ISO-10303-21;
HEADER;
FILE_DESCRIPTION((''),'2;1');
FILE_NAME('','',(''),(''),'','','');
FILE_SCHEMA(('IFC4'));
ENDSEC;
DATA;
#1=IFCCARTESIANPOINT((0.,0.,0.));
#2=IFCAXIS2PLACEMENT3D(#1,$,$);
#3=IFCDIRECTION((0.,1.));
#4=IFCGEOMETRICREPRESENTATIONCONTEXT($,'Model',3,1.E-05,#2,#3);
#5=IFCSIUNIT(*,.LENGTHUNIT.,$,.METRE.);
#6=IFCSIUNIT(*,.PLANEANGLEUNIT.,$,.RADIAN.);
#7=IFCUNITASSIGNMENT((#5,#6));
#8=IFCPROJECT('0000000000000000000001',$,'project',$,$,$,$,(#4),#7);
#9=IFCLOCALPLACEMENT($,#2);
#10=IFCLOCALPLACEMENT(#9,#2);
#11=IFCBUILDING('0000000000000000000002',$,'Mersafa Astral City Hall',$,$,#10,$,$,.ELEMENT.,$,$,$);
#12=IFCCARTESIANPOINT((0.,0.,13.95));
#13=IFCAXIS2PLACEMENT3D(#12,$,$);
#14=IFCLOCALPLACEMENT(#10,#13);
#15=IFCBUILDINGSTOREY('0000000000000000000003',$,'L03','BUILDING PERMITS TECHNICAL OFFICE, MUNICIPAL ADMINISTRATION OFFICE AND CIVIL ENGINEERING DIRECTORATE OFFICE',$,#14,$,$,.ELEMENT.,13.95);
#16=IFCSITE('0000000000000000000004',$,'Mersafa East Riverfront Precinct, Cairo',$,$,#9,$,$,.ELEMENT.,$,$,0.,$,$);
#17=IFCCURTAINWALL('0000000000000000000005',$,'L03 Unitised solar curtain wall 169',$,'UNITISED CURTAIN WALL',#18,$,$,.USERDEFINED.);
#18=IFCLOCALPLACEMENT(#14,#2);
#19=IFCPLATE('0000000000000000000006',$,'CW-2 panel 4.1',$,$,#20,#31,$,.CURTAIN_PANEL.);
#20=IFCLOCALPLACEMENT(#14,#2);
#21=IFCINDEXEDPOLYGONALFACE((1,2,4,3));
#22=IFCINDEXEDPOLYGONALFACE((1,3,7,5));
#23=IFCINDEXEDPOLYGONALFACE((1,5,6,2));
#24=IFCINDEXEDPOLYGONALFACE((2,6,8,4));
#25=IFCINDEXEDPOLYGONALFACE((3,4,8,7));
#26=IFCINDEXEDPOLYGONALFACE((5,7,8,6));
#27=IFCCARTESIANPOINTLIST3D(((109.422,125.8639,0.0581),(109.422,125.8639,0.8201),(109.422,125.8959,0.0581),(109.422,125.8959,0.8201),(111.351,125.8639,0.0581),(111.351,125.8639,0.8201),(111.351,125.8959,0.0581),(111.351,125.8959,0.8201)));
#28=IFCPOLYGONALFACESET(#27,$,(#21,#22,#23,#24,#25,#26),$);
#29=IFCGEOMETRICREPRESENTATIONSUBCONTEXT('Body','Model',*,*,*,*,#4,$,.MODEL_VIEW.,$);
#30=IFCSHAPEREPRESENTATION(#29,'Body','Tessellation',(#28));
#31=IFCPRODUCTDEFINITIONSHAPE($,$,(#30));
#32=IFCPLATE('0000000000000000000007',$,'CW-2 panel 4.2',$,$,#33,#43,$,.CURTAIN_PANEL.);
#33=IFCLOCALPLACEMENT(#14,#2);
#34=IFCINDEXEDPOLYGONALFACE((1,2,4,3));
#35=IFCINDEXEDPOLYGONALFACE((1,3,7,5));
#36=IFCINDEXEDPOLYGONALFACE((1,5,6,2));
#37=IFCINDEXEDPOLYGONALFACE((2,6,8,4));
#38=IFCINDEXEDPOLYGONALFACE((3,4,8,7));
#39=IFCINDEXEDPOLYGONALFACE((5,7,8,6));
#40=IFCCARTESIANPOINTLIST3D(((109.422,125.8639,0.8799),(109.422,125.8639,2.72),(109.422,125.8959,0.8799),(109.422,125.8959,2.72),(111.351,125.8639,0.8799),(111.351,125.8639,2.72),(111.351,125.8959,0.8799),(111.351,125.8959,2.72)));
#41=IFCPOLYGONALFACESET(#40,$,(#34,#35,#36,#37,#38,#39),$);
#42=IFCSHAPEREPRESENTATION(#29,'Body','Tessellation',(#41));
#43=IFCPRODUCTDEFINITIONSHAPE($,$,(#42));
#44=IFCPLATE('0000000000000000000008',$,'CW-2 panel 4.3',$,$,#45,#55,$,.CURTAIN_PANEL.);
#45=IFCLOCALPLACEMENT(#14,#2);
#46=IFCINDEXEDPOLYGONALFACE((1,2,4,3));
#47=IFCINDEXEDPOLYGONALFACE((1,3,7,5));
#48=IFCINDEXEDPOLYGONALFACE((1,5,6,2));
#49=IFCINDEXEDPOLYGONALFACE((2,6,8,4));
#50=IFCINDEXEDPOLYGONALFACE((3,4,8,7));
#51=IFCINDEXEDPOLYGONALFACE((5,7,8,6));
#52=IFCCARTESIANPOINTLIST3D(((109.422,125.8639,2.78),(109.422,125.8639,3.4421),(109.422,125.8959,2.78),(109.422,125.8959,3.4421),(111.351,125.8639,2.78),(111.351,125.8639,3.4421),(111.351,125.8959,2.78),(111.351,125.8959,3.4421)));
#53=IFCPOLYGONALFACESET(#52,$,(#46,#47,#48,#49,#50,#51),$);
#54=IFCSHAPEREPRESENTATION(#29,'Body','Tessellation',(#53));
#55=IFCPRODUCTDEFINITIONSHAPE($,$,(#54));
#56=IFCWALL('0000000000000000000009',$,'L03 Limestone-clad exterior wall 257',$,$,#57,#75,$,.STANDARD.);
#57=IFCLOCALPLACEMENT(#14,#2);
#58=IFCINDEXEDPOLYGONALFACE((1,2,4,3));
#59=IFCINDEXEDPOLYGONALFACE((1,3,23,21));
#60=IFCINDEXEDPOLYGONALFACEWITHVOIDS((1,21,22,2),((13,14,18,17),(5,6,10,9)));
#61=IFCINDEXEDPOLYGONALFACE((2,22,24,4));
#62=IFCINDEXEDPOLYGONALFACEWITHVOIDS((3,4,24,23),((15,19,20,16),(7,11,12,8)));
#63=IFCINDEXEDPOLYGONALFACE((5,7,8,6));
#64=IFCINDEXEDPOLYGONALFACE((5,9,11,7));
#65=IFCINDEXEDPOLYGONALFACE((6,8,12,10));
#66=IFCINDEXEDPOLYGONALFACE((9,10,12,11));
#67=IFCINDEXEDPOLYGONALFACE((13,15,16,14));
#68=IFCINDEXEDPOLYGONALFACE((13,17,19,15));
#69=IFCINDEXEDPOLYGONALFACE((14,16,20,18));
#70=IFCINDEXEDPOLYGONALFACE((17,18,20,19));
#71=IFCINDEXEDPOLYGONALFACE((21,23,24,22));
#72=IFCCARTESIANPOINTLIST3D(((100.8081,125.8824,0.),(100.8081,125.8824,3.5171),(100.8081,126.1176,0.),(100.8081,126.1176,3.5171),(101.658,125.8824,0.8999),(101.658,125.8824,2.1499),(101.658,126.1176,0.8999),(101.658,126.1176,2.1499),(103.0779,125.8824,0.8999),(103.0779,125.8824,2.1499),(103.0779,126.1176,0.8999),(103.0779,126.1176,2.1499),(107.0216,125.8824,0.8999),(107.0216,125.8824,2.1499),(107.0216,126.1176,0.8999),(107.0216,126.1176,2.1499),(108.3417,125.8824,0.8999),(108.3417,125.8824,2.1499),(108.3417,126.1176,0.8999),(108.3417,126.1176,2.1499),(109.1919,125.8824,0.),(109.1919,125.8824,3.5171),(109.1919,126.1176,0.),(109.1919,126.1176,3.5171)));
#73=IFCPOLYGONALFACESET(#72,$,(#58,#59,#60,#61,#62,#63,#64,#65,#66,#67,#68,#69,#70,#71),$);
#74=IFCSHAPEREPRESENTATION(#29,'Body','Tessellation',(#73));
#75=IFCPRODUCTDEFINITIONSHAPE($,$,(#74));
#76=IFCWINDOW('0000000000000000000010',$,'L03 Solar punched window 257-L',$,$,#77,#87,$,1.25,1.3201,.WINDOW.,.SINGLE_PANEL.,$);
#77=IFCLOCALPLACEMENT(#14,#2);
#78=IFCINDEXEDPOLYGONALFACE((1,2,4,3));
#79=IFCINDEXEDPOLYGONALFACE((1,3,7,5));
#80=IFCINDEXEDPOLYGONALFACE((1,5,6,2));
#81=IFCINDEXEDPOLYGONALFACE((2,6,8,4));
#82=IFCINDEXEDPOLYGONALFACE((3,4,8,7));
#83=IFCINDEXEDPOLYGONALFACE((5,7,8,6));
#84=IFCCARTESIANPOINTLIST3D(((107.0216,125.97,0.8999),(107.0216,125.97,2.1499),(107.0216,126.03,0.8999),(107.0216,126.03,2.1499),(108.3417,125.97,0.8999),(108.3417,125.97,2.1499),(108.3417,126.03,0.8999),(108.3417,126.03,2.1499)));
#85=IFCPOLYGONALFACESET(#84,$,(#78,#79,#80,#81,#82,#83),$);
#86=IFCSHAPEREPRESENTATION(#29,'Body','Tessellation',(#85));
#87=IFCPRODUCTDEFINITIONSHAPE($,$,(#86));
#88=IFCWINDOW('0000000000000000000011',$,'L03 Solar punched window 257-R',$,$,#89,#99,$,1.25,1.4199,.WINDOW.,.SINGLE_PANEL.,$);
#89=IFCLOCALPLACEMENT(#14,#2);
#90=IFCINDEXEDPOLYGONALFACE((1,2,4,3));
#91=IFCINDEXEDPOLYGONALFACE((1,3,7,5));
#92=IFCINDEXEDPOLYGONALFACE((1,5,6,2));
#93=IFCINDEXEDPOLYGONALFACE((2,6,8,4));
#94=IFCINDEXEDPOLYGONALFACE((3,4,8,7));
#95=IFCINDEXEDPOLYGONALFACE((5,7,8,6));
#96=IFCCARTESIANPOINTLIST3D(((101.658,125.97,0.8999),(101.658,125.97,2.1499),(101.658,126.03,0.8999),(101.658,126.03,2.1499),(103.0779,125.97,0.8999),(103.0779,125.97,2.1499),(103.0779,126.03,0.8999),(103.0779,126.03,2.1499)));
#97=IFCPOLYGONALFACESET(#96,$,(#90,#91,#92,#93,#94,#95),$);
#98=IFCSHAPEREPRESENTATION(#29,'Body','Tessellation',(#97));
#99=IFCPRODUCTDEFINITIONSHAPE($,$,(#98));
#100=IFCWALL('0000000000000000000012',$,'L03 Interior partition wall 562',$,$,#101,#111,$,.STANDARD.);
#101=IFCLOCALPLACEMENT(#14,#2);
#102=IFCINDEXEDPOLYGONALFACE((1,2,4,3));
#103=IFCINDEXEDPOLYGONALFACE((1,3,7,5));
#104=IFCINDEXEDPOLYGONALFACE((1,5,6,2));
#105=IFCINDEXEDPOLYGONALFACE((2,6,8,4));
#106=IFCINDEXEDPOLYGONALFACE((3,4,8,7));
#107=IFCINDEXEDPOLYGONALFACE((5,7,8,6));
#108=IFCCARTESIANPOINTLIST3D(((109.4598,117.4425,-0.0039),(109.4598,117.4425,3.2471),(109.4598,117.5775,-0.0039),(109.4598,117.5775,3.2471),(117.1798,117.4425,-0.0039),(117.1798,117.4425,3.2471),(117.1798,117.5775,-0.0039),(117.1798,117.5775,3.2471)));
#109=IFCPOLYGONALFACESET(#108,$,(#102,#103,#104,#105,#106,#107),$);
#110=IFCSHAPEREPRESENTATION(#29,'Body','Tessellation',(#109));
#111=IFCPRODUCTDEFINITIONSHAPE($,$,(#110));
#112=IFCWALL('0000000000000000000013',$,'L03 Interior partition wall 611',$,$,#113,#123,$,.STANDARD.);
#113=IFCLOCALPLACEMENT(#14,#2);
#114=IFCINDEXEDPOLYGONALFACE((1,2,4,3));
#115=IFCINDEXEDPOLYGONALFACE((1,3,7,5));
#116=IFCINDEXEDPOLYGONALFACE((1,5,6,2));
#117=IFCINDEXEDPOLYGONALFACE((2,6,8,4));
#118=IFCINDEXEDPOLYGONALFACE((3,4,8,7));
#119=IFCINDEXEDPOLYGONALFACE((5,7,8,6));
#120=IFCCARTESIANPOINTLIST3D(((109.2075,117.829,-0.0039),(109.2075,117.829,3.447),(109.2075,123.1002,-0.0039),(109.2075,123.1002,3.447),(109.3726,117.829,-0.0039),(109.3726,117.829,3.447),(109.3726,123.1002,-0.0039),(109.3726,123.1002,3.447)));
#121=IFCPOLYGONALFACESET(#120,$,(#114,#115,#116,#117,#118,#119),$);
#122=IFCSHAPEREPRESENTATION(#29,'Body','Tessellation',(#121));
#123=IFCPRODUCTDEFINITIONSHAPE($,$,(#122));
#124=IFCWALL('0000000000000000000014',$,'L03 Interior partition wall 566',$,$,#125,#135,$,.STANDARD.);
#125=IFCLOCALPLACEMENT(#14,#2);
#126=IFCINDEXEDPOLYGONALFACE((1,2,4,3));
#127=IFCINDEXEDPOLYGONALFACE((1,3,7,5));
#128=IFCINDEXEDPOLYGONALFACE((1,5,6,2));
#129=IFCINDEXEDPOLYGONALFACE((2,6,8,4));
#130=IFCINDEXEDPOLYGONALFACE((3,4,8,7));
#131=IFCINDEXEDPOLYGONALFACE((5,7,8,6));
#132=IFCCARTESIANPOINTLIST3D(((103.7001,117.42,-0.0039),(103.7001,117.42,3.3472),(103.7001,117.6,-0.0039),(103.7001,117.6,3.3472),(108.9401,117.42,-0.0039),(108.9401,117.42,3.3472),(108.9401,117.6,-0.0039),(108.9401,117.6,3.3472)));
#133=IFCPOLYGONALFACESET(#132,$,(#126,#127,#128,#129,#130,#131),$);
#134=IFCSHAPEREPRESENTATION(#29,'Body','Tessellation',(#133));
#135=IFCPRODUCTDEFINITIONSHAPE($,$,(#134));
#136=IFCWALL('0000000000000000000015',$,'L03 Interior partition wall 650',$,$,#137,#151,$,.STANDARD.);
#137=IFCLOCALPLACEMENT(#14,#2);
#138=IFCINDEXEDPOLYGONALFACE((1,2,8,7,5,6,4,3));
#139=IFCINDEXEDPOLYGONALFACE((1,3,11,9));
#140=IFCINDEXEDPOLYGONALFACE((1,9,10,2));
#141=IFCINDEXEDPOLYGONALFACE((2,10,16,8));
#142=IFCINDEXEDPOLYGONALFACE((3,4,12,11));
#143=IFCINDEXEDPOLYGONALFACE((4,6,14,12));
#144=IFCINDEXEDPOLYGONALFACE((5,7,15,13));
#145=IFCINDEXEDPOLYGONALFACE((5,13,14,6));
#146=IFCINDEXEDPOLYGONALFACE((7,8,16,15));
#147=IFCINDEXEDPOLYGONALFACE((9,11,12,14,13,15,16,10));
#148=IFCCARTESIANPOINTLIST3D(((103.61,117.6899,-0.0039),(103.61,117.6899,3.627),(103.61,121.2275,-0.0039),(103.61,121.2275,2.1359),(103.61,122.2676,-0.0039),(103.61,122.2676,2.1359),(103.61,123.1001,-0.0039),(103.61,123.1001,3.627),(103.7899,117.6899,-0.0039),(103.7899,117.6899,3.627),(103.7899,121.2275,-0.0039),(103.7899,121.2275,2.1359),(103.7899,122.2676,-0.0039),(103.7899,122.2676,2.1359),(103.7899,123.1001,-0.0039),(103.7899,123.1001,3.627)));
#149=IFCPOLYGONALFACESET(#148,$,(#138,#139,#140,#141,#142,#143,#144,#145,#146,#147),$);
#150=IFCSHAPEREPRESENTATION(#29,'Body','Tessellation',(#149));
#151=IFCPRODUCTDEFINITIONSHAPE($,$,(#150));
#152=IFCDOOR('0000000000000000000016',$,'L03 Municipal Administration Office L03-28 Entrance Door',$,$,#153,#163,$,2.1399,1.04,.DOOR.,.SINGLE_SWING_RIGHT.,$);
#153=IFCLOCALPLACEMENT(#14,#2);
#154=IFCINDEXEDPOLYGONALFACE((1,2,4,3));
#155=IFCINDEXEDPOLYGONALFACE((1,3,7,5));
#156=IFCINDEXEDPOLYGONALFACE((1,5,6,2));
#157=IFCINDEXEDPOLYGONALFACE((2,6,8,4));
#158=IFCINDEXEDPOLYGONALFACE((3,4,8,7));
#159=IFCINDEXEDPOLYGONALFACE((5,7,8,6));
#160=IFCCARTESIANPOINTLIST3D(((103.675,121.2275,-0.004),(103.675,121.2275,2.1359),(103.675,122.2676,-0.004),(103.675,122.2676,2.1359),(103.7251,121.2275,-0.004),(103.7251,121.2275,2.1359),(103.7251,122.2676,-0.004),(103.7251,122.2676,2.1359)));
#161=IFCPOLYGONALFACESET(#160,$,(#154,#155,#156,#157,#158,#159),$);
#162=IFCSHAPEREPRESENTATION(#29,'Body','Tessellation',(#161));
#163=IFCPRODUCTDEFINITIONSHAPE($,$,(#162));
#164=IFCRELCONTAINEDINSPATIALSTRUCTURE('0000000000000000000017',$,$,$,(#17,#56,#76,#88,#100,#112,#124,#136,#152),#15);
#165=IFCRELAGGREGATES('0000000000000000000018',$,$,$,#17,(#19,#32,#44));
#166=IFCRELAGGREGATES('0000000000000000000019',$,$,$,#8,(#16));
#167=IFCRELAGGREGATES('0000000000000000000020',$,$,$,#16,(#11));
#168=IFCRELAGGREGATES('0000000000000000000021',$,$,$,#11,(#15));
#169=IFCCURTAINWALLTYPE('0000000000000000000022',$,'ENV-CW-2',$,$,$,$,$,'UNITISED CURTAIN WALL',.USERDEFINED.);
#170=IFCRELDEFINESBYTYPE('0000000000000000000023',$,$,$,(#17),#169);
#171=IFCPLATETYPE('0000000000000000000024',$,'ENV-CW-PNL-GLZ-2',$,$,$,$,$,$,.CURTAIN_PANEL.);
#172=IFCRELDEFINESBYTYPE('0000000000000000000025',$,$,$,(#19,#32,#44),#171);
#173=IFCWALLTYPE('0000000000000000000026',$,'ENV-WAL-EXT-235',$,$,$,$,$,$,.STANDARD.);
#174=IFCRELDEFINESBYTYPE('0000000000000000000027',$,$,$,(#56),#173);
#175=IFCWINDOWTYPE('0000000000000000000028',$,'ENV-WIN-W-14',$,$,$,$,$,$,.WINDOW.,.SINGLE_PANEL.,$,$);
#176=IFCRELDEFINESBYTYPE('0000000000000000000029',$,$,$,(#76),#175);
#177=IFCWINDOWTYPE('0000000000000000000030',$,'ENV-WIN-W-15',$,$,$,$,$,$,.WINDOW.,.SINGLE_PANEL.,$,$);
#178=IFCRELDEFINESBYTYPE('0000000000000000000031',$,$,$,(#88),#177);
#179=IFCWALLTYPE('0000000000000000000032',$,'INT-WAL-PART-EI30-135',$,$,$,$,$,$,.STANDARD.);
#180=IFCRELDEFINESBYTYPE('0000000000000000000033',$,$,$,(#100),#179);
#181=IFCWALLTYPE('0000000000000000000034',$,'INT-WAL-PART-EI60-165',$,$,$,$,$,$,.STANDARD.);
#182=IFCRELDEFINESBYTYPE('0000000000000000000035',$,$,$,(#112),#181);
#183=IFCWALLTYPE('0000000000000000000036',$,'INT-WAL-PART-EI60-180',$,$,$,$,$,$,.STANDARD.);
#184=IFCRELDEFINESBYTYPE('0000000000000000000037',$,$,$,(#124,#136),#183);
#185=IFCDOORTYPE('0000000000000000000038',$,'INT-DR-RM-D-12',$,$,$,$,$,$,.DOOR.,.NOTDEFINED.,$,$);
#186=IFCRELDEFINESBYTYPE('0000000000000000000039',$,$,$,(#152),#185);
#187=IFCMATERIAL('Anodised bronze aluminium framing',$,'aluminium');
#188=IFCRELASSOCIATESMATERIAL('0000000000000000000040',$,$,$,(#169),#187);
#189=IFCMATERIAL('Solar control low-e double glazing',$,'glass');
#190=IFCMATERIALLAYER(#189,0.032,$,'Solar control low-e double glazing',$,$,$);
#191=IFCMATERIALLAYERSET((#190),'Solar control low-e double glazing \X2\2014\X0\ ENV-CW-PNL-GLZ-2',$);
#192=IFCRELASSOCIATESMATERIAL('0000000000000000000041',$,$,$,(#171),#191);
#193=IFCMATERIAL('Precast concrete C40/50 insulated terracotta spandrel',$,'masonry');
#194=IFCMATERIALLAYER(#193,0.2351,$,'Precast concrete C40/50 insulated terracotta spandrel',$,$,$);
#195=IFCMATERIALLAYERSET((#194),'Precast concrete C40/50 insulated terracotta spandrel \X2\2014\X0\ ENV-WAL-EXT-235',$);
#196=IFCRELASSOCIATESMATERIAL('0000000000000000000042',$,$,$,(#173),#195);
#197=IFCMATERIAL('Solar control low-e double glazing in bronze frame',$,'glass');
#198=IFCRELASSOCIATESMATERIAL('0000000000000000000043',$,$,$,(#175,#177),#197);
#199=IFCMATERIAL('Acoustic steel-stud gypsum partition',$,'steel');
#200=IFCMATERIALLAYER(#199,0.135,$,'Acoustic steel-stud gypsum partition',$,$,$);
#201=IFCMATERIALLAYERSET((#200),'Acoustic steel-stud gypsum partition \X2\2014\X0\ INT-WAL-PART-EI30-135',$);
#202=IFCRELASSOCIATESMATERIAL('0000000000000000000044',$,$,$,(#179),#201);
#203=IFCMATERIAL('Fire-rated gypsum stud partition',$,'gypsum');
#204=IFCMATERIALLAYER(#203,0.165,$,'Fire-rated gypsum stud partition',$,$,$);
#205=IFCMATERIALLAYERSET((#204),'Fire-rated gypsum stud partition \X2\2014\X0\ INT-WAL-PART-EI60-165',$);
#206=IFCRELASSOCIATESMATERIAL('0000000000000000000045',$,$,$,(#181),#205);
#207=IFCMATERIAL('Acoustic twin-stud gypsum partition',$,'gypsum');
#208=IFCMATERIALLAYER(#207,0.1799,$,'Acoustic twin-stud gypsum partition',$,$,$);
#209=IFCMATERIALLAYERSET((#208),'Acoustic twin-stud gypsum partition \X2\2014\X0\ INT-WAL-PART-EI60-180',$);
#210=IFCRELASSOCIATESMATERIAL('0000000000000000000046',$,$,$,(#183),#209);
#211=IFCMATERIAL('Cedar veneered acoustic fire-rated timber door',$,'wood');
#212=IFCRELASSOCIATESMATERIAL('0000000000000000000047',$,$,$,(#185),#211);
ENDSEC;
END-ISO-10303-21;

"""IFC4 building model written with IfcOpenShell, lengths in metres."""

from ifc_helpers import new_model, si_unit, direction, frame, frame_2d, origin, origin_2d, place, context, subcontext, project, spatial, rectangle, extrude, material, layer, layer_set, type_object, element, fill, aggregate, save


model = new_model("IFC4")

# Units and contexts
model_context = context("Model", 3, precision=1e-05, world=origin(), true_north=direction((0.0, 1.0)))
body_context = subcontext(model_context, "Body", "Model", "MODEL_VIEW")
ifc_project = project(units=[si_unit("LENGTHUNIT", "METRE"), si_unit("PLANEANGLEUNIT", "RADIAN")], contexts=[model_context])

# Site, building, storey
site_placement = place(None, origin())
site = spatial("IfcSite", under=ifc_project, at=site_placement, Name="Mersafa East Riverfront Precinct, Cairo", CompositionType="ELEMENT", RefElevation=0.0)
building_placement = place(site_placement, origin())
building = spatial("IfcBuilding", under=site, at=building_placement, Name="Mersafa Astral City Hall", CompositionType="ELEMENT")
storey_placement = place(building_placement, frame((0.0, 0.0, 13.95)))
storey = spatial("IfcBuildingStorey", under=building, at=storey_placement, Name="L03", Description="BUILDING PERMITS TECHNICAL OFFICE, MUNICIPAL ADMINISTRATION OFFICE AND CIVIL ENGINEERING DIRECTORATE OFFICE", CompositionType="ELEMENT", Elevation=13.95)

# Curtain wall
ifc_material_1 = material(Name="Anodised bronze aluminium framing", Category="aluminium")
curtain_wall_type = type_object("IfcCurtainWallType", Name="ENV-CW-2", ElementType="UNITISED CURTAIN WALL", PredefinedType="USERDEFINED", material=ifc_material_1)
curtain_wall_placement = place(storey_placement, origin())
curtain_wall = element("IfcCurtainWall", 1, at=curtain_wall_placement, inside=storey, type_object=curtain_wall_type, Name="L03 Unitised solar curtain wall 169", ObjectType="UNITISED CURTAIN WALL", PredefinedType="USERDEFINED")

# Plates
ifc_material_2 = material(Name="Solar control low-e double glazing", Category="glass")
ifc_layer_1 = layer(ifc_material_2, 0.032, Name="Solar control low-e double glazing")
ifc_layer_set_1 = layer_set([ifc_layer_1], Name="Solar control low-e double glazing — ENV-CW-PNL-GLZ-2")
plate_type = type_object("IfcPlateType", Name="ENV-CW-PNL-GLZ-2", PredefinedType="CURTAIN_PANEL", material=ifc_layer_set_1)
plate_1_placement = place(storey_placement, frame((110.3865, 125.8799, 0.0581), z_axis=(0.0, 0.0, 1.0), x_axis=(-1.0, 0.0, 0.0)))
plate_1 = element("IfcPlate", 2, at=plate_1_placement, type_object=plate_type, Name="CW-2 panel 4.1", PredefinedType="CURTAIN_PANEL", context=body_context, shape_type="SweptSolid", body=[
    extrude(rectangle(XDim=1.929, YDim=0.032, at=origin_2d()), origin(), (0.0, 0.0, 1.0), 0.762),
])
plate_2_placement = place(storey_placement, frame((110.3865, 125.8799, 0.8799), z_axis=(0.0, 0.0, 1.0), x_axis=(-1.0, 0.0, 0.0)))
plate_2 = element("IfcPlate", 3, at=plate_2_placement, type_object=plate_type, Name="CW-2 panel 4.2", PredefinedType="CURTAIN_PANEL", context=body_context, shape_type="SweptSolid", body=[
    extrude(rectangle(XDim=1.929, YDim=0.032, at=origin_2d()), origin(), (0.0, 0.0, 1.0), 1.8401),
])
plate_3_placement = place(storey_placement, frame((110.3865, 125.8799, 2.78), z_axis=(0.0, 0.0, 1.0), x_axis=(-1.0, 0.0, 0.0)))
plate_3 = element("IfcPlate", 4, at=plate_3_placement, type_object=plate_type, Name="CW-2 panel 4.3", PredefinedType="CURTAIN_PANEL", context=body_context, shape_type="SweptSolid", body=[
    extrude(rectangle(XDim=1.929, YDim=0.032, at=origin_2d()), origin(), (0.0, 0.0, 1.0), 0.6621),
])
aggregate(curtain_wall, [plate_1, plate_2, plate_3])

# Wall, openings, windows
ifc_material_3 = material(Name="Precast concrete C40/50 insulated terracotta spandrel", Category="masonry")
ifc_layer_2 = layer(ifc_material_3, 0.2351, Name="Precast concrete C40/50 insulated terracotta spandrel")
ifc_layer_set_2 = layer_set([ifc_layer_2], Name="Precast concrete C40/50 insulated terracotta spandrel — ENV-WAL-EXT-235")
wall_type_1 = type_object("IfcWallType", Name="ENV-WAL-EXT-235", PredefinedType="STANDARD", material=ifc_layer_set_2)
wall_1_placement = place(storey_placement, frame((109.1919, 126.0, 0.0), z_axis=(0.0, 0.0, 1.0), x_axis=(-1.0, 0.0, 0.0)))
wall_1 = element("IfcWall", 5, at=wall_1_placement, inside=storey, type_object=wall_type_1, Name="L03 Limestone-clad exterior wall 257", PredefinedType="STANDARD", context=body_context, shape_type="SweptSolid", body=[
    extrude(rectangle(XDim=8.3838, YDim=0.2351, at=frame_2d((4.1919, 0.0))), origin(), (0.0, 0.0, 1.0), 3.5171),
])
opening_1_placement = place(wall_1_placement, frame((0.8501, 0.0, 0.8999)))
opening_1 = element("IfcOpeningElement", 6, at=opening_1_placement, cuts=wall_1, PredefinedType="OPENING", context=body_context, shape_type="SweptSolid", body=[
    extrude(rectangle(XDim=1.3201, YDim=1.25, at=frame_2d((0.6602, 0.625))), frame((0.0, 0.1274, 0.0), z_axis=(0.0, -1.0, 0.0), x_axis=(1.0, 0.0, 0.0)), (0.0, 0.0, 1.0), 0.2551),
])
opening_2_placement = place(wall_1_placement, frame((6.114, 0.0, 0.8999)))
opening_2 = element("IfcOpeningElement", 7, at=opening_2_placement, cuts=wall_1, PredefinedType="OPENING", context=body_context, shape_type="SweptSolid", body=[
    extrude(rectangle(XDim=1.4199, YDim=1.25, at=frame_2d((0.71, 0.625))), frame((0.0, 0.1274, 0.0), z_axis=(0.0, -1.0, 0.0), x_axis=(1.0, 0.0, 0.0)), (0.0, 0.0, 1.0), 0.2551),
])
ifc_material_4 = material(Name="Solar control low-e double glazing in bronze frame", Category="glass")
window_type_1 = type_object("IfcWindowType", Name="ENV-WIN-W-14", PartitioningType="SINGLE_PANEL", PredefinedType="WINDOW", material=ifc_material_4)
window_1_placement = place(opening_1_placement, origin())
window_1 = element("IfcWindow", 8, at=window_1_placement, inside=storey, type_object=window_type_1, Name="L03 Solar punched window 257-L", OverallHeight=1.25, OverallWidth=1.3201, PartitioningType="SINGLE_PANEL", PredefinedType="WINDOW", context=body_context, shape_type="SweptSolid", body=[
    extrude(rectangle(XDim=1.3201, YDim=1.25, at=frame_2d((0.6602, 0.625))), frame((0.0, 0.03, 0.0), z_axis=(0.0, -1.0, 0.0), x_axis=(1.0, 0.0, 0.0)), (0.0, 0.0, 1.0), 0.0601),
])
fill(opening_1, window_1)
window_type_2 = type_object("IfcWindowType", Name="ENV-WIN-W-15", PartitioningType="SINGLE_PANEL", PredefinedType="WINDOW", material=ifc_material_4)
window_2_placement = place(opening_2_placement, origin())
window_2 = element("IfcWindow", 9, at=window_2_placement, inside=storey, type_object=window_type_2, Name="L03 Solar punched window 257-R", OverallHeight=1.25, OverallWidth=1.4199, PartitioningType="SINGLE_PANEL", PredefinedType="WINDOW", context=body_context, shape_type="SweptSolid", body=[
    extrude(rectangle(XDim=1.4199, YDim=1.25, at=frame_2d((0.71, 0.625))), frame((0.0, 0.03, 0.0), z_axis=(0.0, -1.0, 0.0), x_axis=(1.0, 0.0, 0.0)), (0.0, 0.0, 1.0), 0.0601),
])
fill(opening_2, window_2)

# Walls
ifc_material_5 = material(Name="Acoustic steel-stud gypsum partition", Category="steel")
ifc_layer_3 = layer(ifc_material_5, 0.135, Name="Acoustic steel-stud gypsum partition")
ifc_layer_set_3 = layer_set([ifc_layer_3], Name="Acoustic steel-stud gypsum partition — INT-WAL-PART-EI30-135")
wall_type_2 = type_object("IfcWallType", Name="INT-WAL-PART-EI30-135", PredefinedType="STANDARD", material=ifc_layer_set_3)
wall_2_placement = place(storey_placement, frame((109.46, 117.51, -0.0039), z_axis=(0.0, 0.0, 1.0), x_axis=(1.0, 0.0, 0.0)))
element("IfcWall", 10, at=wall_2_placement, inside=storey, type_object=wall_type_2, Name="L03 Interior partition wall 562", PredefinedType="STANDARD", context=body_context, shape_type="SweptSolid", body=[
    extrude(rectangle(XDim=7.72, YDim=0.135, at=frame_2d((3.8599, 0.0))), origin(), (0.0, 0.0, 1.0), 3.251),
])
ifc_material_6 = material(Name="Fire-rated gypsum stud partition", Category="gypsum")
ifc_layer_4 = layer(ifc_material_6, 0.165, Name="Fire-rated gypsum stud partition")
ifc_layer_set_4 = layer_set([ifc_layer_4], Name="Fire-rated gypsum stud partition — INT-WAL-PART-EI60-165")
wall_type_3 = type_object("IfcWallType", Name="INT-WAL-PART-EI60-165", PredefinedType="STANDARD", material=ifc_layer_set_4)
wall_3_placement = place(storey_placement, frame((109.29, 117.8289, -0.0039), z_axis=(0.0, 0.0, 1.0), x_axis=(0.0, 1.0, 0.0)))
element("IfcWall", 11, at=wall_3_placement, inside=storey, type_object=wall_type_3, Name="L03 Interior partition wall 611", PredefinedType="STANDARD", context=body_context, shape_type="SweptSolid", body=[
    extrude(rectangle(XDim=5.2712, YDim=0.165, at=frame_2d((2.6357, 0.0))), origin(), (0.0, 0.0, 1.0), 3.4509),
])
ifc_material_7 = material(Name="Acoustic twin-stud gypsum partition", Category="gypsum")
ifc_layer_5 = layer(ifc_material_7, 0.1799, Name="Acoustic twin-stud gypsum partition")
ifc_layer_set_5 = layer_set([ifc_layer_5], Name="Acoustic twin-stud gypsum partition — INT-WAL-PART-EI60-180")
wall_type_4 = type_object("IfcWallType", Name="INT-WAL-PART-EI60-180", PredefinedType="STANDARD", material=ifc_layer_set_5)
wall_4_placement = place(storey_placement, frame((103.7, 117.51, -0.0039), z_axis=(0.0, 0.0, 1.0), x_axis=(1.0, 0.0, 0.0)))
element("IfcWall", 12, at=wall_4_placement, inside=storey, type_object=wall_type_4, Name="L03 Interior partition wall 566", PredefinedType="STANDARD", context=body_context, shape_type="SweptSolid", body=[
    extrude(rectangle(XDim=5.24, YDim=0.1799, at=frame_2d((2.6201, 0.0))), origin(), (0.0, 0.0, 1.0), 3.3511),
])

# Wall, opening, door
wall_5_placement = place(storey_placement, frame((103.7, 117.6899, -0.0039), z_axis=(0.0, 0.0, 1.0), x_axis=(0.0, 1.0, 0.0)))
wall_5 = element("IfcWall", 13, at=wall_5_placement, inside=storey, type_object=wall_type_4, Name="L03 Interior partition wall 650", PredefinedType="STANDARD", context=body_context, shape_type="SweptSolid", body=[
    extrude(rectangle(XDim=5.4102, YDim=0.1799, at=frame_2d((2.7051, 0.0))), origin(), (0.0, 0.0, 1.0), 3.6309),
])
opening_3_placement = place(wall_5_placement, frame((3.5376, 0.0, 0.0)))
opening_3 = element("IfcOpeningElement", 14, at=opening_3_placement, cuts=wall_5, PredefinedType="OPENING", context=body_context, shape_type="SweptSolid", body=[
    extrude(rectangle(XDim=1.04, YDim=2.1399, at=frame_2d((0.52, 1.0698))), frame((0.0, 0.0999, 0.0), z_axis=(0.0, -1.0, 0.0), x_axis=(1.0, 0.0, 0.0)), (0.0, 0.0, 1.0), 0.2),
])
ifc_material_8 = material(Name="Cedar veneered acoustic fire-rated timber door", Category="wood")
door_type_1 = type_object("IfcDoorType", Name="INT-DR-RM-D-12", OperationType="NOTDEFINED", PredefinedType="DOOR", material=ifc_material_8)
door_1_placement = place(opening_3_placement, origin())
door_1 = element("IfcDoor", 15, at=door_1_placement, inside=storey, type_object=door_type_1, Name="L03 Municipal Administration Office L03-28 Entrance Door", OperationType="SINGLE_SWING_RIGHT", OverallHeight=2.1399, OverallWidth=1.04, PredefinedType="DOOR", context=body_context, shape_type="SweptSolid", body=[
    extrude(rectangle(XDim=1.04, YDim=2.1399, at=frame_2d((0.52, 1.0698))), frame((0.0, 0.0249, 0.0), z_axis=(0.0, -1.0, 0.0), x_axis=(1.0, 0.0, 0.0)), (0.0, 0.0, 1.0), 0.05),
])
fill(opening_3, door_1)

save(model, "model.ifc")
